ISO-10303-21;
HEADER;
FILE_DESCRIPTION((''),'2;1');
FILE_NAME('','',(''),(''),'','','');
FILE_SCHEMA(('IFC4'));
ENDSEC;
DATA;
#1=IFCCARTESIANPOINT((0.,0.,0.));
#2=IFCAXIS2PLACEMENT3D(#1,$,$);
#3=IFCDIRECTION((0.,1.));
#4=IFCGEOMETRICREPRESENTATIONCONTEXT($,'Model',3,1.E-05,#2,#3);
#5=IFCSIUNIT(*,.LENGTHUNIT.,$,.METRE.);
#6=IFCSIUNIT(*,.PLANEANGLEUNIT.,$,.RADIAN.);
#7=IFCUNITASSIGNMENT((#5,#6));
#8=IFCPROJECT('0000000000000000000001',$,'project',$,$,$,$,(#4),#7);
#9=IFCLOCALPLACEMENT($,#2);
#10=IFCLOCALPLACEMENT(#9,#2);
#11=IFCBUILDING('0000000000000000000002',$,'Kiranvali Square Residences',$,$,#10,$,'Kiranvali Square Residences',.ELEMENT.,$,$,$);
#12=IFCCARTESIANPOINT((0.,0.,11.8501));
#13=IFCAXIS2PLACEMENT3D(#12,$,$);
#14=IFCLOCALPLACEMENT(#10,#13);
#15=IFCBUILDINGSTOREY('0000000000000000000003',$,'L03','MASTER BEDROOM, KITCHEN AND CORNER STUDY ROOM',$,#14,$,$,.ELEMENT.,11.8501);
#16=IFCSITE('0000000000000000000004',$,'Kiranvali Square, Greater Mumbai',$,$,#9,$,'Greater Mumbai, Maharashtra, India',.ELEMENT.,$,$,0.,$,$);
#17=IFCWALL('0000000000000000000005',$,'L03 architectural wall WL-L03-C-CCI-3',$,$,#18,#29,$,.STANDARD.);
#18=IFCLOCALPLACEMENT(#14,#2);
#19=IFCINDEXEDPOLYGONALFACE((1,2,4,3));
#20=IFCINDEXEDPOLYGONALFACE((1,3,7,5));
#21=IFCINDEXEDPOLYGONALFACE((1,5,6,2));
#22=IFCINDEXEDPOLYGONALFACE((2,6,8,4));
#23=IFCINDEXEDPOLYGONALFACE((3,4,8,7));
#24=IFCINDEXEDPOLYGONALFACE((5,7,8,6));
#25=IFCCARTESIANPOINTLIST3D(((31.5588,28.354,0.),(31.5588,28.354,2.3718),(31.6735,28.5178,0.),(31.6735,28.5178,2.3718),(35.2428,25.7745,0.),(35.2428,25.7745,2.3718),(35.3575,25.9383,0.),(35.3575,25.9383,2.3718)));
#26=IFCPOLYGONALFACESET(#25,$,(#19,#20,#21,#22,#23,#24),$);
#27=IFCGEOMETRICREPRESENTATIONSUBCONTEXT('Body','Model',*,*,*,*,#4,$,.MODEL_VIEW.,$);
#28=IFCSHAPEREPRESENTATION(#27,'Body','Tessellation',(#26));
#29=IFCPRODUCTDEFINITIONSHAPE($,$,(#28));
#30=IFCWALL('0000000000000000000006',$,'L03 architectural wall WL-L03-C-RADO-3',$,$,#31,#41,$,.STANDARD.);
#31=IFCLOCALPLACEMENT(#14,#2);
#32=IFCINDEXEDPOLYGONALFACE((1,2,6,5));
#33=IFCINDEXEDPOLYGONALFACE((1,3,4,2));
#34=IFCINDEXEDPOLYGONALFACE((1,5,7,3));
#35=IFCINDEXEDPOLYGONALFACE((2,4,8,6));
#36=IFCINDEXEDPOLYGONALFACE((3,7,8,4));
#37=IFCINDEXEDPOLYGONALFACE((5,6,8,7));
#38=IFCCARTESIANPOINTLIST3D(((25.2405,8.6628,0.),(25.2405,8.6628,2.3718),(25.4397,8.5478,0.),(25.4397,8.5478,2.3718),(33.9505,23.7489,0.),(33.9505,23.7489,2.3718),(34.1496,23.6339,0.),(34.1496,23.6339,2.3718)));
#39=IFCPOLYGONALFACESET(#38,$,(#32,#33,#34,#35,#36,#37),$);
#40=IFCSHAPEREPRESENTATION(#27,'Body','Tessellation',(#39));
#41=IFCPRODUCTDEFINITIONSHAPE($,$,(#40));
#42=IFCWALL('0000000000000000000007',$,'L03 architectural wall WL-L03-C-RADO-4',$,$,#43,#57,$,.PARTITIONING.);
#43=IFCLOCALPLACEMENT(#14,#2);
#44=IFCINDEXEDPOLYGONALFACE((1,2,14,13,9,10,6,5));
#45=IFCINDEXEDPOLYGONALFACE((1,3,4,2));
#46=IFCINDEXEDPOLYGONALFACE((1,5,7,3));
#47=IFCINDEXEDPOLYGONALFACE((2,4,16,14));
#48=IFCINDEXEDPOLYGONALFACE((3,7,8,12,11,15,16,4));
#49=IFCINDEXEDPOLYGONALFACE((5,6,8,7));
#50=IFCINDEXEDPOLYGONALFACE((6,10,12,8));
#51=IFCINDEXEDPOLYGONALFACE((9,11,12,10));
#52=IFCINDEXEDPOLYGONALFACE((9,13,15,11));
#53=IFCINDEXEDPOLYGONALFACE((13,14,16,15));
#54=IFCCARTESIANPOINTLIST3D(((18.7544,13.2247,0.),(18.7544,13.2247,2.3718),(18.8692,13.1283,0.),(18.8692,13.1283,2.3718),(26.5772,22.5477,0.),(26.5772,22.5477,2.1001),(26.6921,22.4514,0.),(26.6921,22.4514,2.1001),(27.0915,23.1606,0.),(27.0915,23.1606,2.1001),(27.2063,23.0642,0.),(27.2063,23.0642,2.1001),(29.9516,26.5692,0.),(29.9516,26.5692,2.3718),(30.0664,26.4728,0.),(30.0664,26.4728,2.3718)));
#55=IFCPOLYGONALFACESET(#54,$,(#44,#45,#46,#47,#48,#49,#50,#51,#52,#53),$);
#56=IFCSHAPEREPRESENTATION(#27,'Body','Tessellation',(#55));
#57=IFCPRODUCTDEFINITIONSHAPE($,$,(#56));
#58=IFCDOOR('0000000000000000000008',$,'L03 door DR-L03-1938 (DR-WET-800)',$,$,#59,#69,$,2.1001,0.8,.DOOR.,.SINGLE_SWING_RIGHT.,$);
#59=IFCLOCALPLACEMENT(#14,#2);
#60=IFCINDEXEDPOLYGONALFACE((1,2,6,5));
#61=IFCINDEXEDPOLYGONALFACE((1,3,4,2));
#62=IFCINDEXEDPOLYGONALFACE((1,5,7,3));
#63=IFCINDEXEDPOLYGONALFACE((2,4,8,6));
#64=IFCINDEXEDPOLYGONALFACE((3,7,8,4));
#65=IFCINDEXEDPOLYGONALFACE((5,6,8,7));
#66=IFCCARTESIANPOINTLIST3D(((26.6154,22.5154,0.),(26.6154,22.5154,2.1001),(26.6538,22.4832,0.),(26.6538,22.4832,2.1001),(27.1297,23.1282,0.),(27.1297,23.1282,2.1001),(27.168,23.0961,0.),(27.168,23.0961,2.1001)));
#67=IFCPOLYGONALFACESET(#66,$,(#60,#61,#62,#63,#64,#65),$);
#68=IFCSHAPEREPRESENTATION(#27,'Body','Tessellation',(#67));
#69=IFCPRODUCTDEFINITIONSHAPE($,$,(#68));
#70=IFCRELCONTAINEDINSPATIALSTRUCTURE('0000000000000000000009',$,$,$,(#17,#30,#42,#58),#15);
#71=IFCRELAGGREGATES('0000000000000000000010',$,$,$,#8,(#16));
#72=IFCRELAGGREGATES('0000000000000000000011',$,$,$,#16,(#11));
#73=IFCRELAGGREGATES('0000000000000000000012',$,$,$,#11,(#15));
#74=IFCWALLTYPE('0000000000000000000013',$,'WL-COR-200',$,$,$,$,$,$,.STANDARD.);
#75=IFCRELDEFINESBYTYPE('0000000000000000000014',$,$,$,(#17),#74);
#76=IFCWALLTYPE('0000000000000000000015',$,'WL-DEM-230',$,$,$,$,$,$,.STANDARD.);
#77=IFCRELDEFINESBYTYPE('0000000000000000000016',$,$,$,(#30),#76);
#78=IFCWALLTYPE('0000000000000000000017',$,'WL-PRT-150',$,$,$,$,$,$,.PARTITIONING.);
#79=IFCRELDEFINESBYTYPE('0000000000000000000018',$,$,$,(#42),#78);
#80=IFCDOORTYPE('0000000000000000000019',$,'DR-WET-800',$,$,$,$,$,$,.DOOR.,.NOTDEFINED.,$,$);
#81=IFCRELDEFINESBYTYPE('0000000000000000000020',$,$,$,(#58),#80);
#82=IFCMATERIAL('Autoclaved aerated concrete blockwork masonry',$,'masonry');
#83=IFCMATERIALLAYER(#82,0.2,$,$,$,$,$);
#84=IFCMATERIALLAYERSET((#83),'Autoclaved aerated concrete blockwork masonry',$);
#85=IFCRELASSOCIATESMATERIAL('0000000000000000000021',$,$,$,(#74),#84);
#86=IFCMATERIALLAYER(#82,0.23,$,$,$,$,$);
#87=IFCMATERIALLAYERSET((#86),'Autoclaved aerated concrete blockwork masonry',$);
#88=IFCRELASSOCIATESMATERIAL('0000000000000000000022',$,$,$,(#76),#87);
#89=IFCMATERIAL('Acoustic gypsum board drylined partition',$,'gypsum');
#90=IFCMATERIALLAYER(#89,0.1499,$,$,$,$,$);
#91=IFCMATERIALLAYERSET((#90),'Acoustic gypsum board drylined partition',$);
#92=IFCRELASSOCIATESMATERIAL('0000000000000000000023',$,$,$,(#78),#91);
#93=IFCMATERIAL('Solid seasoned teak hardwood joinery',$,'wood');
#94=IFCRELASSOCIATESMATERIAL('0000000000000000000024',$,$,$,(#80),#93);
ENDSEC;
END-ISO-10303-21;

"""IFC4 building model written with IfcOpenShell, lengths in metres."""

from ifc_helpers import new_model, si_unit, direction, frame, frame_2d, origin, place, context, subcontext, project, spatial, rectangle, extrude, material, layer, layer_set, type_object, element, fill, save


model = new_model("IFC4")

# Units and contexts
model_context = context("Model", 3, precision=1e-05, world=origin(), true_north=direction((0.0, 1.0)))
body_context = subcontext(model_context, "Body", "Model", "MODEL_VIEW")
ifc_project = project(units=[si_unit("LENGTHUNIT", "METRE"), si_unit("PLANEANGLEUNIT", "RADIAN")], contexts=[model_context])

# Site, building, storey
site_placement = place(None, origin())
site = spatial("IfcSite", under=ifc_project, at=site_placement, Name="Kiranvali Square, Greater Mumbai", LongName="Greater Mumbai, Maharashtra, India", CompositionType="ELEMENT", RefElevation=0.0)
building_placement = place(site_placement, origin())
building = spatial("IfcBuilding", under=site, at=building_placement, Name="Kiranvali Square Residences", LongName="Kiranvali Square Residences", CompositionType="ELEMENT")
storey_placement = place(building_placement, frame((0.0, 0.0, 11.8501)))
storey = spatial("IfcBuildingStorey", under=building, at=storey_placement, Name="L03", Description="MASTER BEDROOM, KITCHEN AND CORNER STUDY ROOM", CompositionType="ELEMENT", Elevation=11.8501)

# Wall
ifc_material_1 = material(Name="Autoclaved aerated concrete blockwork masonry", Category="masonry")
ifc_layer_1 = layer(ifc_material_1, 0.2)
ifc_layer_set_1 = layer_set([ifc_layer_1], Name="Autoclaved aerated concrete blockwork masonry")
wall_type_1 = type_object("IfcWallType", Name="WL-COR-200", PredefinedType="STANDARD", material=ifc_layer_set_1)
wall_1_placement = place(storey_placement, frame((35.3, 25.8564, 0.0), z_axis=(0.0, 0.0, 1.0), x_axis=(-0.819155, 0.573572, 0.0)))
element("IfcWall", 1, at=wall_1_placement, inside=storey, type_object=wall_type_1, Name="L03 architectural wall WL-L03-C-CCI-3", PredefinedType="STANDARD", context=body_context, shape_type="SweptSolid", body=[
    extrude(rectangle(XDim=4.4973, YDim=0.2, at=frame_2d((2.2485, 0.0))), origin(), (0.0, 0.0, 1.0), 2.3718),
])

# Wall
ifc_layer_2 = layer(ifc_material_1, 0.23)
ifc_layer_set_2 = layer_set([ifc_layer_2], Name="Autoclaved aerated concrete blockwork masonry")
wall_type_2 = type_object("IfcWallType", Name="WL-DEM-230", PredefinedType="STANDARD", material=ifc_layer_set_2)
wall_2_placement = place(storey_placement, frame((34.05, 23.6914, 0.0), z_axis=(0.0, 0.0, 1.0), x_axis=(-0.499998, -0.866027, 0.0)))
element("IfcWall", 2, at=wall_2_placement, inside=storey, type_object=wall_type_2, Name="L03 architectural wall WL-L03-C-RADO-3", PredefinedType="STANDARD", context=body_context, shape_type="SweptSolid", body=[
    extrude(rectangle(XDim=17.4199, YDim=0.23, at=frame_2d((8.71, 0.0))), origin(), (0.0, 0.0, 1.0), 2.3718),
])

# Wall, opening, door
ifc_material_2 = material(Name="Acoustic gypsum board drylined partition", Category="gypsum")
ifc_layer_3 = layer(ifc_material_2, 0.1499)
ifc_layer_set_3 = layer_set([ifc_layer_3], Name="Acoustic gypsum board drylined partition")
wall_type_3 = type_object("IfcWallType", Name="WL-PRT-150", PredefinedType="PARTITIONING", material=ifc_layer_set_3)
wall_3_placement = place(storey_placement, frame((30.009, 26.521, 0.0), z_axis=(0.0, 0.0, 1.0), x_axis=(-0.642785, -0.766047, 0.0)))
wall_3 = element("IfcWall", 3, at=wall_3_placement, inside=storey, type_object=wall_type_3, Name="L03 architectural wall WL-L03-C-RADO-4", PredefinedType="PARTITIONING", context=body_context, shape_type="SweptSolid", body=[
    extrude(rectangle(XDim=17.4199, YDim=0.1499, at=frame_2d((8.71, 0.0))), origin(), (0.0, 0.0, 1.0), 2.3718),
])
opening_1_placement = place(wall_3_placement, frame((4.4497, 0.0, 0.0)))
opening_1 = element("IfcOpeningElement", 4, at=opening_1_placement, cuts=wall_3, PredefinedType="OPENING", context=body_context, shape_type="SweptSolid", body=[
    extrude(rectangle(XDim=0.8, YDim=2.1001, at=frame_2d((0.3999, 1.05))), frame((0.0, 0.085, 0.0), z_axis=(0.0, -1.0, 0.0), x_axis=(1.0, 0.0, 0.0)), (0.0, 0.0, 1.0), 0.1699),
])
ifc_material_3 = material(Name="Solid seasoned teak hardwood joinery", Category="wood")
door_type_1 = type_object("IfcDoorType", Name="DR-WET-800", OperationType="NOTDEFINED", PredefinedType="DOOR", material=ifc_material_3)
door_1_placement = place(opening_1_placement, frame((0.8, 0.0, 0.0), z_axis=(0.0, 0.0, 1.0), x_axis=(-1.0, 0.0, 0.0)))
door_1 = element("IfcDoor", 5, at=door_1_placement, inside=storey, type_object=door_type_1, Name="L03 door DR-L03-1938 (DR-WET-800)", OperationType="SINGLE_SWING_RIGHT", OverallHeight=2.1001, OverallWidth=0.8, PredefinedType="DOOR", context=body_context, shape_type="SweptSolid", body=[
    extrude(rectangle(XDim=0.8, YDim=2.1001, at=frame_2d((0.3999, 1.05))), frame((0.0, 0.0249, 0.0), z_axis=(0.0, -1.0, 0.0), x_axis=(1.0, 0.0, 0.0)), (0.0, 0.0, 1.0), 0.05),
])
fill(opening_1, door_1)

save(model, "model.ifc")
